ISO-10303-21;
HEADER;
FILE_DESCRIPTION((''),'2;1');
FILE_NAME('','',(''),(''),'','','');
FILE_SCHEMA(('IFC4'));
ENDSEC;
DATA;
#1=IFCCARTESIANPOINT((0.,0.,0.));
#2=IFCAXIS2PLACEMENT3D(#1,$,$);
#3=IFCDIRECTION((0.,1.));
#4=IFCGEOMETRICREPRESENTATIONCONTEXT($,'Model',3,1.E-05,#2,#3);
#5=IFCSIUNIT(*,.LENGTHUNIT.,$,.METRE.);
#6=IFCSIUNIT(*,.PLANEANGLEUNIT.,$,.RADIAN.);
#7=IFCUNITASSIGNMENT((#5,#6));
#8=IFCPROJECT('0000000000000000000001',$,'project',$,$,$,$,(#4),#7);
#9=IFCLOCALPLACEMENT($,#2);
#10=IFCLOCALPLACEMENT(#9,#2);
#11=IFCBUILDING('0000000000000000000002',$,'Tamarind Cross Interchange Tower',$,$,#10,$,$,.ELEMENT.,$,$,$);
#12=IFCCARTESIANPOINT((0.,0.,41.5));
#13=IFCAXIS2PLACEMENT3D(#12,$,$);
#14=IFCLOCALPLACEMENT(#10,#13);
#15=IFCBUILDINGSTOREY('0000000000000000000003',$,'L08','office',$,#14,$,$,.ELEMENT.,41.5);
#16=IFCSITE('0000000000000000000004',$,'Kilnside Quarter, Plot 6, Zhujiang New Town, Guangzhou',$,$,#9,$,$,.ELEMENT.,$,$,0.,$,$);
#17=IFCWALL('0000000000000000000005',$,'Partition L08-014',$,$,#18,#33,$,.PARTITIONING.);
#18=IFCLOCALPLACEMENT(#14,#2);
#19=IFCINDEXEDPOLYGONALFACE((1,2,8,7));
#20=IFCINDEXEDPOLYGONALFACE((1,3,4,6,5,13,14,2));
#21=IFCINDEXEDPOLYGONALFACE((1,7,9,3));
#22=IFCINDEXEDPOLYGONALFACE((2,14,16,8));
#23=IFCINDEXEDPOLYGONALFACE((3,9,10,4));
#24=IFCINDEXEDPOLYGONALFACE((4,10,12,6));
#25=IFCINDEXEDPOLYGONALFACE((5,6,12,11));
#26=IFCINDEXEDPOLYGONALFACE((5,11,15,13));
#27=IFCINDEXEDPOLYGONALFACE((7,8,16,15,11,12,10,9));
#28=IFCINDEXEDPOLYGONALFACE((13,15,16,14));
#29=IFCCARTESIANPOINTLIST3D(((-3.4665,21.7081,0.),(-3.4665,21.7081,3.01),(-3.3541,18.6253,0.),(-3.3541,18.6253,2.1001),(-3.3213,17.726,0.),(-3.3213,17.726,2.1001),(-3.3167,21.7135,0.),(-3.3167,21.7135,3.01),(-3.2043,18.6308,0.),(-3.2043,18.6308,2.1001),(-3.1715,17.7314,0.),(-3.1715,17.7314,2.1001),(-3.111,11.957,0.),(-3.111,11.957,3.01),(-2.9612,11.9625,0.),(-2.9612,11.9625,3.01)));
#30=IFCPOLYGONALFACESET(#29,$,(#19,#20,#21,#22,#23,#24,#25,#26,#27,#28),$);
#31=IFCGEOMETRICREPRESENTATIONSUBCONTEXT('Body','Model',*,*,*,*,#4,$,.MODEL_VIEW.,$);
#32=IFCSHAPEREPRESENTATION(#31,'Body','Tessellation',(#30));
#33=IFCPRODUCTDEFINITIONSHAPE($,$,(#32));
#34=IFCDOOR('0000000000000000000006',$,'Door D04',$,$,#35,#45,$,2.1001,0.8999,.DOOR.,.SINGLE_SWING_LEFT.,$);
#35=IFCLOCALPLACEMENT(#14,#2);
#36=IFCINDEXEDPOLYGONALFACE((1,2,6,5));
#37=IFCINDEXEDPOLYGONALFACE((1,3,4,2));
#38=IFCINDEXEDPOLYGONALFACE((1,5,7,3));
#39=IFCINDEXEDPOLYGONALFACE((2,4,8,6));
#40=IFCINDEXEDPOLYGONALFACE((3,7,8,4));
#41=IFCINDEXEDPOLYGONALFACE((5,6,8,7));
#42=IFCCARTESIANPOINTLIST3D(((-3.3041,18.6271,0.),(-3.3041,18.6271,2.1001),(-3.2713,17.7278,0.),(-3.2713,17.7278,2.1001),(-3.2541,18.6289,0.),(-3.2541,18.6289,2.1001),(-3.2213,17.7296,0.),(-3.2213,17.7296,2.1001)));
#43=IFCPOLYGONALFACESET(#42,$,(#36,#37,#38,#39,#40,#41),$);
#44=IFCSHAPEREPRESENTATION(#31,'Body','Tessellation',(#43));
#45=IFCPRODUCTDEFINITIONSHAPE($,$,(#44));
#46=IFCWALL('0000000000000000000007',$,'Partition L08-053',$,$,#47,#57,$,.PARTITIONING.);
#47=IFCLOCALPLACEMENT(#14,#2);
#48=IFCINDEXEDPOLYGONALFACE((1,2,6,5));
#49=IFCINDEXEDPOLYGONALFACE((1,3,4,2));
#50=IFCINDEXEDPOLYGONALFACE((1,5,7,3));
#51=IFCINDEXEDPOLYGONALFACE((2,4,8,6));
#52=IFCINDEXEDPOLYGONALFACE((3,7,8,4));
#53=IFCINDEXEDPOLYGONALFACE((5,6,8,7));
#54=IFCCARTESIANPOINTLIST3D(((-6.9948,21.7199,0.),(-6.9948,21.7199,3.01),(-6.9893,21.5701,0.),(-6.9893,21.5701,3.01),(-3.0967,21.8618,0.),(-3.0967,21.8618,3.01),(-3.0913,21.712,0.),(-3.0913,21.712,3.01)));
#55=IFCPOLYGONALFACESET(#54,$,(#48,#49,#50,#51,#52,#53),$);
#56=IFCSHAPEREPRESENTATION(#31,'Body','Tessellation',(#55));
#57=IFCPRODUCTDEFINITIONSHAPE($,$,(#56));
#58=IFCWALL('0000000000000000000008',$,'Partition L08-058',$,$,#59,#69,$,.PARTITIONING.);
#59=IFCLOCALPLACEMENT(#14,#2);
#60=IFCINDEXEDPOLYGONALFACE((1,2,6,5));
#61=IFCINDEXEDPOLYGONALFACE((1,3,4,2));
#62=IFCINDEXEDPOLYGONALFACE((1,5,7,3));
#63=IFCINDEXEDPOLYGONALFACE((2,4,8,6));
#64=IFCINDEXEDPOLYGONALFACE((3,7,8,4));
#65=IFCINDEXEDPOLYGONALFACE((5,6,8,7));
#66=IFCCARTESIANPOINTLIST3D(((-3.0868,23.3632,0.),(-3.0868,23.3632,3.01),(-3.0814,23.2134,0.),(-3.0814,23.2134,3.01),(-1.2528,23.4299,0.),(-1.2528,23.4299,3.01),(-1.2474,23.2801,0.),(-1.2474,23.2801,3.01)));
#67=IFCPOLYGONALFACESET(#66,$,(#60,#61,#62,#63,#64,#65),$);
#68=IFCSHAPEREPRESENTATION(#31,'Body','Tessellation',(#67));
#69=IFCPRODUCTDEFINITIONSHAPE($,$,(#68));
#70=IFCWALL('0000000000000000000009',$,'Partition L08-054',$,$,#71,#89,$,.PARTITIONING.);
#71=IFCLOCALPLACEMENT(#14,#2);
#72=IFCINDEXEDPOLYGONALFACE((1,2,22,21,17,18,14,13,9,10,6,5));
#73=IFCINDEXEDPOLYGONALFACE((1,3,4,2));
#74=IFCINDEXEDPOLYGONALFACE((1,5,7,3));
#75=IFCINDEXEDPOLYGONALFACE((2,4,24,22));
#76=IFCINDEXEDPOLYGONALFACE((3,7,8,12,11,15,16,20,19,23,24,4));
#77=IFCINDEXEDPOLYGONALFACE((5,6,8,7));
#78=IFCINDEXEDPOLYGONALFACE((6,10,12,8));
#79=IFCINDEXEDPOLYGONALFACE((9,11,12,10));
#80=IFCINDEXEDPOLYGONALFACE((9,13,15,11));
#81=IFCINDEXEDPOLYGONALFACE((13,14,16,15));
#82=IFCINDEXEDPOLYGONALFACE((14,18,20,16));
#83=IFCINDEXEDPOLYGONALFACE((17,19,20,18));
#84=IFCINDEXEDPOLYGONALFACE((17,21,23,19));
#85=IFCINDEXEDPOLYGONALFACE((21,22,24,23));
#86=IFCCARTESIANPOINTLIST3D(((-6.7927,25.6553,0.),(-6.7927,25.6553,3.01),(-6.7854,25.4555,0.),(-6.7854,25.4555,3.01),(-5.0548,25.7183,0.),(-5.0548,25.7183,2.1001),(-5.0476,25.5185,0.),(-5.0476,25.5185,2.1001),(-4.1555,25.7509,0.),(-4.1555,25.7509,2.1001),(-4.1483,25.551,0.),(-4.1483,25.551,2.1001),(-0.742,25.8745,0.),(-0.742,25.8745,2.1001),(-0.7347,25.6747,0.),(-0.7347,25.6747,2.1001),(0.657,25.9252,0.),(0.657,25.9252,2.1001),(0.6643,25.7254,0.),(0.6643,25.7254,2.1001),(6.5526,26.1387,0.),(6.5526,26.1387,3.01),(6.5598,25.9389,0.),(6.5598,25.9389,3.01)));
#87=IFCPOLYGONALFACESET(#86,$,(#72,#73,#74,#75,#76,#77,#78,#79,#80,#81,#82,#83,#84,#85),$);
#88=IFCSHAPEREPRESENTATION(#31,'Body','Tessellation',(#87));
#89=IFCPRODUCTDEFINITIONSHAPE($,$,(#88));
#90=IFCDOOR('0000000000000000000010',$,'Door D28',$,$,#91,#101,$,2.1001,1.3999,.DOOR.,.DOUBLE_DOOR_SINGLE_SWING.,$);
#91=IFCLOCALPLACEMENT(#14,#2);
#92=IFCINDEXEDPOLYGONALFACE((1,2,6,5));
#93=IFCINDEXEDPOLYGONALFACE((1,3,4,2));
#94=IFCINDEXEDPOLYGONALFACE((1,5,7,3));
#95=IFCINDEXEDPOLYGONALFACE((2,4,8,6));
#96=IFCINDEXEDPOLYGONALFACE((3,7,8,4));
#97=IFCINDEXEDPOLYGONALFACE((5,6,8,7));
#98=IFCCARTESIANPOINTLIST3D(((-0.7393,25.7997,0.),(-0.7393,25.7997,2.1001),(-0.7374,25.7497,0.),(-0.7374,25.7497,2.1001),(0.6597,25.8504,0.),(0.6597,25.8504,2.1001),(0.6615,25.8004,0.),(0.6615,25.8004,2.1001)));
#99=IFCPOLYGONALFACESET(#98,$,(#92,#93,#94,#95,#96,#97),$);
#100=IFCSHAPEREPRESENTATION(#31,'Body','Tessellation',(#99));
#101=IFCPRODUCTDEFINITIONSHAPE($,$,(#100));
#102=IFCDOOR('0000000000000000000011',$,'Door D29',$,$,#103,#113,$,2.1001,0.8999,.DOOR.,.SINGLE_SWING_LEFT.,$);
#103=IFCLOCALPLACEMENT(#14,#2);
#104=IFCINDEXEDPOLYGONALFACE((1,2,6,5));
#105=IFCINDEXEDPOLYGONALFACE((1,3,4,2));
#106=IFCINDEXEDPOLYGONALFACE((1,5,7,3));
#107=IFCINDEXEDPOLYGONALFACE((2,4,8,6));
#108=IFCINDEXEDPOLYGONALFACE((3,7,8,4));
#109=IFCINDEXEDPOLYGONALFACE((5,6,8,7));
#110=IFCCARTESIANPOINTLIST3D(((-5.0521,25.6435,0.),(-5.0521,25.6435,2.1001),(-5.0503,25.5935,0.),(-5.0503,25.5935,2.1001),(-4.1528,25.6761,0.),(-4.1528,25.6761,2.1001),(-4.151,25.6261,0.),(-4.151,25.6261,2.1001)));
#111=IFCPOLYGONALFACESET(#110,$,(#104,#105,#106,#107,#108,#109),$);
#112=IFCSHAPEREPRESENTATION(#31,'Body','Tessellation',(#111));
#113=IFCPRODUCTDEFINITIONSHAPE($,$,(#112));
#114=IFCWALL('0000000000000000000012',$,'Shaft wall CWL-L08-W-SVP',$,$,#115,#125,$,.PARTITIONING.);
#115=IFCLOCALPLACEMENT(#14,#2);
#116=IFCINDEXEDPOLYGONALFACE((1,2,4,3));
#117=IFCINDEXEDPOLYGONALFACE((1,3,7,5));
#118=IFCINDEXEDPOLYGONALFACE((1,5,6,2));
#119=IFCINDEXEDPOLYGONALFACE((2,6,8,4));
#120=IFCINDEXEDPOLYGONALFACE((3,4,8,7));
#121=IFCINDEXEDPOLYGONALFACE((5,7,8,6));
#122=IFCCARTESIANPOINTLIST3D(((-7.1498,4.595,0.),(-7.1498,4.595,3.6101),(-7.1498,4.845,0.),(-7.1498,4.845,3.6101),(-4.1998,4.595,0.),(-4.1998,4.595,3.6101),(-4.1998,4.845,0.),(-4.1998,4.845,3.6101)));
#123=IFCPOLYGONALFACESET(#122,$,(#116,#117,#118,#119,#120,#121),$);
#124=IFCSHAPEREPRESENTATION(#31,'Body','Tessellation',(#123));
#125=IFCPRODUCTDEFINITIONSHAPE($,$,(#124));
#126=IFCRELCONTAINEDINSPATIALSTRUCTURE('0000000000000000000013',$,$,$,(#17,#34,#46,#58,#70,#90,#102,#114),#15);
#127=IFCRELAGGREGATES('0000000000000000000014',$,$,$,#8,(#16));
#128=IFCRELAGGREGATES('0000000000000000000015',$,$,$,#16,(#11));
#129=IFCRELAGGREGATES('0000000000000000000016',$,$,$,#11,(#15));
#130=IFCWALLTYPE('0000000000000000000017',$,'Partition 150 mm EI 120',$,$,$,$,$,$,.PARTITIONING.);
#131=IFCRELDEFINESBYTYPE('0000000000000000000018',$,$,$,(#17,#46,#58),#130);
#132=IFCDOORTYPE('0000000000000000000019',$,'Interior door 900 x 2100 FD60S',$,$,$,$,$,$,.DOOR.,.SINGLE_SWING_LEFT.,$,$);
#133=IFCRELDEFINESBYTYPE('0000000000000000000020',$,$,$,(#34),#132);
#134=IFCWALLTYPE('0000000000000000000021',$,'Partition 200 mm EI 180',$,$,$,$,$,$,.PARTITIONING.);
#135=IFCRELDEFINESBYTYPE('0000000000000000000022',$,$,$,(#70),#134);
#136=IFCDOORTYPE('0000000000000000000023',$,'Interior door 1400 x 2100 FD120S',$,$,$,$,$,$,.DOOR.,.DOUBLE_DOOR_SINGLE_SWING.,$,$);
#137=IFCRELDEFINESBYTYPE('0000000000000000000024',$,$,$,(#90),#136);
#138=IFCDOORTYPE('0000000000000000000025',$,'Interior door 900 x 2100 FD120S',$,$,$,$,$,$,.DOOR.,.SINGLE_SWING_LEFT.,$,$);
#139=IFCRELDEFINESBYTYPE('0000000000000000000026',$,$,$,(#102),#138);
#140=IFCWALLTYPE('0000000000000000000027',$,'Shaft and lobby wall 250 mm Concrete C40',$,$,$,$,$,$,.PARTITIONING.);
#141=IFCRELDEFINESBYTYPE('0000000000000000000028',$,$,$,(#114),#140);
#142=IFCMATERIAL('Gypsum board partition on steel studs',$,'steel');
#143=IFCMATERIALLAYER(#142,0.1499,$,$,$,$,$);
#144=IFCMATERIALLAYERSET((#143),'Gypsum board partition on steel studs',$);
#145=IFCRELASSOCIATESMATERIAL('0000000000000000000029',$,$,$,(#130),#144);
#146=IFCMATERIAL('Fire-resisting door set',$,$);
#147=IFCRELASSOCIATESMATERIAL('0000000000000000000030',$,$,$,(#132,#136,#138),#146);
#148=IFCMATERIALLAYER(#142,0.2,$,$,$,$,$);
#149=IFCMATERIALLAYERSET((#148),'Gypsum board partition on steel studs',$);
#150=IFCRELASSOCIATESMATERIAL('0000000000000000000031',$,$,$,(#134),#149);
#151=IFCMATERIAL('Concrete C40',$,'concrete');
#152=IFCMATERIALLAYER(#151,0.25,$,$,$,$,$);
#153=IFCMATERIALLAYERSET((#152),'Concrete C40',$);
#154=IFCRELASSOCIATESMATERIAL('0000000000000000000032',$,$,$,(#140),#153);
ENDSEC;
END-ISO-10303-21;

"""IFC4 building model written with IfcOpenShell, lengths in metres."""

from ifc_helpers import new_model, si_unit, direction, frame, frame_2d, origin, place, context, subcontext, project, spatial, rectangle, extrude, material, layer, layer_set, type_object, element, fill, save


model = new_model("IFC4")

# Units and contexts
model_context = context("Model", 3, precision=1e-05, world=origin(), true_north=direction((0.0, 1.0)))
body_context = subcontext(model_context, "Body", "Model", "MODEL_VIEW")
ifc_project = project(units=[si_unit("LENGTHUNIT", "METRE"), si_unit("PLANEANGLEUNIT", "RADIAN")], contexts=[model_context])

# Site, building, storey
site_placement = place(None, origin())
site = spatial("IfcSite", under=ifc_project, at=site_placement, Name="Kilnside Quarter, Plot 6, Zhujiang New Town, Guangzhou", CompositionType="ELEMENT", RefElevation=0.0)
building_placement = place(site_placement, origin())
building = spatial("IfcBuilding", under=site, at=building_placement, Name="Tamarind Cross Interchange Tower", CompositionType="ELEMENT")
storey_placement = place(building_placement, frame((0.0, 0.0, 41.5)))
storey = spatial("IfcBuildingStorey", under=building, at=storey_placement, Name="L08", Description="office", CompositionType="ELEMENT", Elevation=41.5)

# Shared definitions
ifc_material_1 = material(Name="Gypsum board partition on steel studs", Category="steel")
ifc_layer_1 = layer(ifc_material_1, 0.1499)
ifc_layer_set_1 = layer_set([ifc_layer_1], Name="Gypsum board partition on steel studs")
wall_type_1 = type_object("IfcWallType", Name="Partition 150 mm EI 120", PredefinedType="PARTITIONING", material=ifc_layer_set_1)

# Wall, opening, door
wall_1_placement = place(storey_placement, frame((-3.3916, 21.7109, 0.0), z_axis=(0.0, 0.0, 1.0), x_axis=(0.03643, -0.999336, 0.0)))
wall_1 = element("IfcWall", 1, at=wall_1_placement, inside=storey, type_object=wall_type_1, Name="Partition L08-014", PredefinedType="PARTITIONING", context=body_context, shape_type="SweptSolid", body=[
    extrude(rectangle(XDim=9.7576, YDim=0.1499, at=frame_2d((4.8789, 0.0))), origin(), (0.0, 0.0, 1.0), 3.01),
])
opening_1_placement = place(wall_1_placement, frame((3.085, 0.0, 0.0)))
opening_1 = element("IfcOpeningElement", 2, at=opening_1_placement, cuts=wall_1, PredefinedType="OPENING", context=body_context, shape_type="SweptSolid", body=[
    extrude(rectangle(XDim=0.8999, YDim=2.1001, at=frame_2d((0.45, 1.05))), frame((0.0, 0.085, 0.0), z_axis=(0.0, -1.0, 0.0), x_axis=(1.0, 0.0, 0.0)), (0.0, 0.0, 1.0), 0.1699),
])
ifc_material_2 = material(Name="Fire-resisting door set")
door_type_1 = type_object("IfcDoorType", Name="Interior door 900 x 2100 FD60S", OperationType="SINGLE_SWING_LEFT", PredefinedType="DOOR", material=ifc_material_2)
door_1_placement = place(opening_1_placement, frame((0.8999, 0.0, 0.0), z_axis=(0.0, 0.0, 1.0), x_axis=(-1.0, 0.0, 0.0)))
door_1 = element("IfcDoor", 3, at=door_1_placement, inside=storey, type_object=door_type_1, Name="Door D04", OperationType="SINGLE_SWING_LEFT", OverallHeight=2.1001, OverallWidth=0.8999, PredefinedType="DOOR", context=body_context, shape_type="SweptSolid", body=[
    extrude(rectangle(XDim=0.8999, YDim=2.1001, at=frame_2d((0.45, 1.05))), frame((0.0, 0.0249, 0.0), z_axis=(0.0, -1.0, 0.0), x_axis=(1.0, 0.0, 0.0)), (0.0, 0.0, 1.0), 0.05),
])
fill(opening_1, door_1)

# Walls
wall_2_placement = place(storey_placement, frame((-6.9919, 21.645, 0.0), z_axis=(0.0, 0.0, 1.0), x_axis=(0.999339, 0.036366, 0.0)))
element("IfcWall", 4, at=wall_2_placement, inside=storey, type_object=wall_type_1, Name="Partition L08-053", PredefinedType="PARTITIONING", context=body_context, shape_type="SweptSolid", body=[
    extrude(rectangle(XDim=3.9006, YDim=0.1499, at=frame_2d((1.9502, 0.0))), origin(), (0.0, 0.0, 1.0), 3.01),
])
wall_3_placement = place(storey_placement, frame((-3.084, 23.2883, 0.0), z_axis=(0.0, 0.0, 1.0), x_axis=(0.99934, 0.036318, 0.0)))
element("IfcWall", 5, at=wall_3_placement, inside=storey, type_object=wall_type_1, Name="Partition L08-058", PredefinedType="PARTITIONING", context=body_context, shape_type="SweptSolid", body=[
    extrude(rectangle(XDim=1.8352, YDim=0.1499, at=frame_2d((0.9175, 0.0))), origin(), (0.0, 0.0, 1.0), 3.01),
])

# Wall, openings, doors
ifc_layer_2 = layer(ifc_material_1, 0.2)
ifc_layer_set_2 = layer_set([ifc_layer_2], Name="Gypsum board partition on steel studs")
wall_type_2 = type_object("IfcWallType", Name="Partition 200 mm EI 180", PredefinedType="PARTITIONING", material=ifc_layer_set_2)
wall_4_placement = place(storey_placement, frame((-6.7891, 25.5554, 0.0), z_axis=(0.0, 0.0, 1.0), x_axis=(0.999345, 0.036199, 0.0)))
wall_4 = element("IfcWall", 6, at=wall_4_placement, inside=storey, type_object=wall_type_2, Name="Partition L08-054", PredefinedType="PARTITIONING", context=body_context, shape_type="SweptSolid", body=[
    extrude(rectangle(XDim=13.354, YDim=0.2, at=frame_2d((6.677, 0.0))), origin(), (0.0, 0.0, 1.0), 3.01),
])
opening_2_placement = place(wall_4_placement, frame((6.0547, 0.0, 0.0)))
opening_2 = element("IfcOpeningElement", 7, at=opening_2_placement, cuts=wall_4, PredefinedType="OPENING", context=body_context, shape_type="SweptSolid", body=[
    extrude(rectangle(XDim=1.3999, YDim=2.1001, at=frame_2d((0.7, 1.05))), frame((0.0, 0.1099, 0.0), z_axis=(0.0, -1.0, 0.0), x_axis=(1.0, 0.0, 0.0)), (0.0, 0.0, 1.0), 0.22),
])
opening_3_placement = place(wall_4_placement, frame((1.739, 0.0, 0.0)))
opening_3 = element("IfcOpeningElement", 8, at=opening_3_placement, cuts=wall_4, PredefinedType="OPENING", context=body_context, shape_type="SweptSolid", body=[
    extrude(rectangle(XDim=0.8999, YDim=2.1001, at=frame_2d((0.45, 1.05))), frame((0.0, 0.1099, 0.0), z_axis=(0.0, -1.0, 0.0), x_axis=(1.0, 0.0, 0.0)), (0.0, 0.0, 1.0), 0.22),
])
door_type_2 = type_object("IfcDoorType", Name="Interior door 1400 x 2100 FD120S", OperationType="DOUBLE_DOOR_SINGLE_SWING", PredefinedType="DOOR", material=ifc_material_2)
door_2_placement = place(opening_2_placement, frame((1.3999, 0.0, 0.0), z_axis=(0.0, 0.0, 1.0), x_axis=(-1.0, 0.0, 0.0)))
door_2 = element("IfcDoor", 9, at=door_2_placement, inside=storey, type_object=door_type_2, Name="Door D28", OperationType="DOUBLE_DOOR_SINGLE_SWING", OverallHeight=2.1001, OverallWidth=1.3999, PredefinedType="DOOR", context=body_context, shape_type="SweptSolid", body=[
    extrude(rectangle(XDim=1.3999, YDim=2.1001, at=frame_2d((0.7, 1.05))), frame((0.0, 0.0249, 0.0), z_axis=(0.0, -1.0, 0.0), x_axis=(1.0, 0.0, 0.0)), (0.0, 0.0, 1.0), 0.05),
])
fill(opening_2, door_2)
door_type_3 = type_object("IfcDoorType", Name="Interior door 900 x 2100 FD120S", OperationType="SINGLE_SWING_LEFT", PredefinedType="DOOR", material=ifc_material_2)
door_3_placement = place(opening_3_placement, frame((0.8999, 0.0, 0.0), z_axis=(0.0, 0.0, 1.0), x_axis=(-1.0, 0.0, 0.0)))
door_3 = element("IfcDoor", 10, at=door_3_placement, inside=storey, type_object=door_type_3, Name="Door D29", OperationType="SINGLE_SWING_LEFT", OverallHeight=2.1001, OverallWidth=0.8999, PredefinedType="DOOR", context=body_context, shape_type="SweptSolid", body=[
    extrude(rectangle(XDim=0.8999, YDim=2.1001, at=frame_2d((0.45, 1.05))), frame((0.0, 0.0249, 0.0), z_axis=(0.0, -1.0, 0.0), x_axis=(1.0, 0.0, 0.0)), (0.0, 0.0, 1.0), 0.05),
])
fill(opening_3, door_3)

# Wall
ifc_material_3 = material(Name="Concrete C40", Category="concrete")
ifc_layer_3 = layer(ifc_material_3, 0.25)
ifc_layer_set_3 = layer_set([ifc_layer_3], Name="Concrete C40")
wall_type_3 = type_object("IfcWallType", Name="Shaft and lobby wall 250 mm Concrete C40", PredefinedType="PARTITIONING", material=ifc_layer_set_3)
wall_5_placement = place(storey_placement, frame((-7.1499, 4.72, 0.0), z_axis=(0.0, 0.0, 1.0), x_axis=(1.0, 0.0, 0.0)))
element("IfcWall", 11, at=wall_5_placement, inside=storey, type_object=wall_type_3, Name="Shaft wall CWL-L08-W-SVP", PredefinedType="PARTITIONING", context=body_context, shape_type="SweptSolid", body=[
    extrude(rectangle(XDim=2.95, YDim=0.25, at=frame_2d((1.4751, 0.0))), origin(), (0.0, 0.0, 1.0), 3.6101),
])

save(model, "model.ifc")
